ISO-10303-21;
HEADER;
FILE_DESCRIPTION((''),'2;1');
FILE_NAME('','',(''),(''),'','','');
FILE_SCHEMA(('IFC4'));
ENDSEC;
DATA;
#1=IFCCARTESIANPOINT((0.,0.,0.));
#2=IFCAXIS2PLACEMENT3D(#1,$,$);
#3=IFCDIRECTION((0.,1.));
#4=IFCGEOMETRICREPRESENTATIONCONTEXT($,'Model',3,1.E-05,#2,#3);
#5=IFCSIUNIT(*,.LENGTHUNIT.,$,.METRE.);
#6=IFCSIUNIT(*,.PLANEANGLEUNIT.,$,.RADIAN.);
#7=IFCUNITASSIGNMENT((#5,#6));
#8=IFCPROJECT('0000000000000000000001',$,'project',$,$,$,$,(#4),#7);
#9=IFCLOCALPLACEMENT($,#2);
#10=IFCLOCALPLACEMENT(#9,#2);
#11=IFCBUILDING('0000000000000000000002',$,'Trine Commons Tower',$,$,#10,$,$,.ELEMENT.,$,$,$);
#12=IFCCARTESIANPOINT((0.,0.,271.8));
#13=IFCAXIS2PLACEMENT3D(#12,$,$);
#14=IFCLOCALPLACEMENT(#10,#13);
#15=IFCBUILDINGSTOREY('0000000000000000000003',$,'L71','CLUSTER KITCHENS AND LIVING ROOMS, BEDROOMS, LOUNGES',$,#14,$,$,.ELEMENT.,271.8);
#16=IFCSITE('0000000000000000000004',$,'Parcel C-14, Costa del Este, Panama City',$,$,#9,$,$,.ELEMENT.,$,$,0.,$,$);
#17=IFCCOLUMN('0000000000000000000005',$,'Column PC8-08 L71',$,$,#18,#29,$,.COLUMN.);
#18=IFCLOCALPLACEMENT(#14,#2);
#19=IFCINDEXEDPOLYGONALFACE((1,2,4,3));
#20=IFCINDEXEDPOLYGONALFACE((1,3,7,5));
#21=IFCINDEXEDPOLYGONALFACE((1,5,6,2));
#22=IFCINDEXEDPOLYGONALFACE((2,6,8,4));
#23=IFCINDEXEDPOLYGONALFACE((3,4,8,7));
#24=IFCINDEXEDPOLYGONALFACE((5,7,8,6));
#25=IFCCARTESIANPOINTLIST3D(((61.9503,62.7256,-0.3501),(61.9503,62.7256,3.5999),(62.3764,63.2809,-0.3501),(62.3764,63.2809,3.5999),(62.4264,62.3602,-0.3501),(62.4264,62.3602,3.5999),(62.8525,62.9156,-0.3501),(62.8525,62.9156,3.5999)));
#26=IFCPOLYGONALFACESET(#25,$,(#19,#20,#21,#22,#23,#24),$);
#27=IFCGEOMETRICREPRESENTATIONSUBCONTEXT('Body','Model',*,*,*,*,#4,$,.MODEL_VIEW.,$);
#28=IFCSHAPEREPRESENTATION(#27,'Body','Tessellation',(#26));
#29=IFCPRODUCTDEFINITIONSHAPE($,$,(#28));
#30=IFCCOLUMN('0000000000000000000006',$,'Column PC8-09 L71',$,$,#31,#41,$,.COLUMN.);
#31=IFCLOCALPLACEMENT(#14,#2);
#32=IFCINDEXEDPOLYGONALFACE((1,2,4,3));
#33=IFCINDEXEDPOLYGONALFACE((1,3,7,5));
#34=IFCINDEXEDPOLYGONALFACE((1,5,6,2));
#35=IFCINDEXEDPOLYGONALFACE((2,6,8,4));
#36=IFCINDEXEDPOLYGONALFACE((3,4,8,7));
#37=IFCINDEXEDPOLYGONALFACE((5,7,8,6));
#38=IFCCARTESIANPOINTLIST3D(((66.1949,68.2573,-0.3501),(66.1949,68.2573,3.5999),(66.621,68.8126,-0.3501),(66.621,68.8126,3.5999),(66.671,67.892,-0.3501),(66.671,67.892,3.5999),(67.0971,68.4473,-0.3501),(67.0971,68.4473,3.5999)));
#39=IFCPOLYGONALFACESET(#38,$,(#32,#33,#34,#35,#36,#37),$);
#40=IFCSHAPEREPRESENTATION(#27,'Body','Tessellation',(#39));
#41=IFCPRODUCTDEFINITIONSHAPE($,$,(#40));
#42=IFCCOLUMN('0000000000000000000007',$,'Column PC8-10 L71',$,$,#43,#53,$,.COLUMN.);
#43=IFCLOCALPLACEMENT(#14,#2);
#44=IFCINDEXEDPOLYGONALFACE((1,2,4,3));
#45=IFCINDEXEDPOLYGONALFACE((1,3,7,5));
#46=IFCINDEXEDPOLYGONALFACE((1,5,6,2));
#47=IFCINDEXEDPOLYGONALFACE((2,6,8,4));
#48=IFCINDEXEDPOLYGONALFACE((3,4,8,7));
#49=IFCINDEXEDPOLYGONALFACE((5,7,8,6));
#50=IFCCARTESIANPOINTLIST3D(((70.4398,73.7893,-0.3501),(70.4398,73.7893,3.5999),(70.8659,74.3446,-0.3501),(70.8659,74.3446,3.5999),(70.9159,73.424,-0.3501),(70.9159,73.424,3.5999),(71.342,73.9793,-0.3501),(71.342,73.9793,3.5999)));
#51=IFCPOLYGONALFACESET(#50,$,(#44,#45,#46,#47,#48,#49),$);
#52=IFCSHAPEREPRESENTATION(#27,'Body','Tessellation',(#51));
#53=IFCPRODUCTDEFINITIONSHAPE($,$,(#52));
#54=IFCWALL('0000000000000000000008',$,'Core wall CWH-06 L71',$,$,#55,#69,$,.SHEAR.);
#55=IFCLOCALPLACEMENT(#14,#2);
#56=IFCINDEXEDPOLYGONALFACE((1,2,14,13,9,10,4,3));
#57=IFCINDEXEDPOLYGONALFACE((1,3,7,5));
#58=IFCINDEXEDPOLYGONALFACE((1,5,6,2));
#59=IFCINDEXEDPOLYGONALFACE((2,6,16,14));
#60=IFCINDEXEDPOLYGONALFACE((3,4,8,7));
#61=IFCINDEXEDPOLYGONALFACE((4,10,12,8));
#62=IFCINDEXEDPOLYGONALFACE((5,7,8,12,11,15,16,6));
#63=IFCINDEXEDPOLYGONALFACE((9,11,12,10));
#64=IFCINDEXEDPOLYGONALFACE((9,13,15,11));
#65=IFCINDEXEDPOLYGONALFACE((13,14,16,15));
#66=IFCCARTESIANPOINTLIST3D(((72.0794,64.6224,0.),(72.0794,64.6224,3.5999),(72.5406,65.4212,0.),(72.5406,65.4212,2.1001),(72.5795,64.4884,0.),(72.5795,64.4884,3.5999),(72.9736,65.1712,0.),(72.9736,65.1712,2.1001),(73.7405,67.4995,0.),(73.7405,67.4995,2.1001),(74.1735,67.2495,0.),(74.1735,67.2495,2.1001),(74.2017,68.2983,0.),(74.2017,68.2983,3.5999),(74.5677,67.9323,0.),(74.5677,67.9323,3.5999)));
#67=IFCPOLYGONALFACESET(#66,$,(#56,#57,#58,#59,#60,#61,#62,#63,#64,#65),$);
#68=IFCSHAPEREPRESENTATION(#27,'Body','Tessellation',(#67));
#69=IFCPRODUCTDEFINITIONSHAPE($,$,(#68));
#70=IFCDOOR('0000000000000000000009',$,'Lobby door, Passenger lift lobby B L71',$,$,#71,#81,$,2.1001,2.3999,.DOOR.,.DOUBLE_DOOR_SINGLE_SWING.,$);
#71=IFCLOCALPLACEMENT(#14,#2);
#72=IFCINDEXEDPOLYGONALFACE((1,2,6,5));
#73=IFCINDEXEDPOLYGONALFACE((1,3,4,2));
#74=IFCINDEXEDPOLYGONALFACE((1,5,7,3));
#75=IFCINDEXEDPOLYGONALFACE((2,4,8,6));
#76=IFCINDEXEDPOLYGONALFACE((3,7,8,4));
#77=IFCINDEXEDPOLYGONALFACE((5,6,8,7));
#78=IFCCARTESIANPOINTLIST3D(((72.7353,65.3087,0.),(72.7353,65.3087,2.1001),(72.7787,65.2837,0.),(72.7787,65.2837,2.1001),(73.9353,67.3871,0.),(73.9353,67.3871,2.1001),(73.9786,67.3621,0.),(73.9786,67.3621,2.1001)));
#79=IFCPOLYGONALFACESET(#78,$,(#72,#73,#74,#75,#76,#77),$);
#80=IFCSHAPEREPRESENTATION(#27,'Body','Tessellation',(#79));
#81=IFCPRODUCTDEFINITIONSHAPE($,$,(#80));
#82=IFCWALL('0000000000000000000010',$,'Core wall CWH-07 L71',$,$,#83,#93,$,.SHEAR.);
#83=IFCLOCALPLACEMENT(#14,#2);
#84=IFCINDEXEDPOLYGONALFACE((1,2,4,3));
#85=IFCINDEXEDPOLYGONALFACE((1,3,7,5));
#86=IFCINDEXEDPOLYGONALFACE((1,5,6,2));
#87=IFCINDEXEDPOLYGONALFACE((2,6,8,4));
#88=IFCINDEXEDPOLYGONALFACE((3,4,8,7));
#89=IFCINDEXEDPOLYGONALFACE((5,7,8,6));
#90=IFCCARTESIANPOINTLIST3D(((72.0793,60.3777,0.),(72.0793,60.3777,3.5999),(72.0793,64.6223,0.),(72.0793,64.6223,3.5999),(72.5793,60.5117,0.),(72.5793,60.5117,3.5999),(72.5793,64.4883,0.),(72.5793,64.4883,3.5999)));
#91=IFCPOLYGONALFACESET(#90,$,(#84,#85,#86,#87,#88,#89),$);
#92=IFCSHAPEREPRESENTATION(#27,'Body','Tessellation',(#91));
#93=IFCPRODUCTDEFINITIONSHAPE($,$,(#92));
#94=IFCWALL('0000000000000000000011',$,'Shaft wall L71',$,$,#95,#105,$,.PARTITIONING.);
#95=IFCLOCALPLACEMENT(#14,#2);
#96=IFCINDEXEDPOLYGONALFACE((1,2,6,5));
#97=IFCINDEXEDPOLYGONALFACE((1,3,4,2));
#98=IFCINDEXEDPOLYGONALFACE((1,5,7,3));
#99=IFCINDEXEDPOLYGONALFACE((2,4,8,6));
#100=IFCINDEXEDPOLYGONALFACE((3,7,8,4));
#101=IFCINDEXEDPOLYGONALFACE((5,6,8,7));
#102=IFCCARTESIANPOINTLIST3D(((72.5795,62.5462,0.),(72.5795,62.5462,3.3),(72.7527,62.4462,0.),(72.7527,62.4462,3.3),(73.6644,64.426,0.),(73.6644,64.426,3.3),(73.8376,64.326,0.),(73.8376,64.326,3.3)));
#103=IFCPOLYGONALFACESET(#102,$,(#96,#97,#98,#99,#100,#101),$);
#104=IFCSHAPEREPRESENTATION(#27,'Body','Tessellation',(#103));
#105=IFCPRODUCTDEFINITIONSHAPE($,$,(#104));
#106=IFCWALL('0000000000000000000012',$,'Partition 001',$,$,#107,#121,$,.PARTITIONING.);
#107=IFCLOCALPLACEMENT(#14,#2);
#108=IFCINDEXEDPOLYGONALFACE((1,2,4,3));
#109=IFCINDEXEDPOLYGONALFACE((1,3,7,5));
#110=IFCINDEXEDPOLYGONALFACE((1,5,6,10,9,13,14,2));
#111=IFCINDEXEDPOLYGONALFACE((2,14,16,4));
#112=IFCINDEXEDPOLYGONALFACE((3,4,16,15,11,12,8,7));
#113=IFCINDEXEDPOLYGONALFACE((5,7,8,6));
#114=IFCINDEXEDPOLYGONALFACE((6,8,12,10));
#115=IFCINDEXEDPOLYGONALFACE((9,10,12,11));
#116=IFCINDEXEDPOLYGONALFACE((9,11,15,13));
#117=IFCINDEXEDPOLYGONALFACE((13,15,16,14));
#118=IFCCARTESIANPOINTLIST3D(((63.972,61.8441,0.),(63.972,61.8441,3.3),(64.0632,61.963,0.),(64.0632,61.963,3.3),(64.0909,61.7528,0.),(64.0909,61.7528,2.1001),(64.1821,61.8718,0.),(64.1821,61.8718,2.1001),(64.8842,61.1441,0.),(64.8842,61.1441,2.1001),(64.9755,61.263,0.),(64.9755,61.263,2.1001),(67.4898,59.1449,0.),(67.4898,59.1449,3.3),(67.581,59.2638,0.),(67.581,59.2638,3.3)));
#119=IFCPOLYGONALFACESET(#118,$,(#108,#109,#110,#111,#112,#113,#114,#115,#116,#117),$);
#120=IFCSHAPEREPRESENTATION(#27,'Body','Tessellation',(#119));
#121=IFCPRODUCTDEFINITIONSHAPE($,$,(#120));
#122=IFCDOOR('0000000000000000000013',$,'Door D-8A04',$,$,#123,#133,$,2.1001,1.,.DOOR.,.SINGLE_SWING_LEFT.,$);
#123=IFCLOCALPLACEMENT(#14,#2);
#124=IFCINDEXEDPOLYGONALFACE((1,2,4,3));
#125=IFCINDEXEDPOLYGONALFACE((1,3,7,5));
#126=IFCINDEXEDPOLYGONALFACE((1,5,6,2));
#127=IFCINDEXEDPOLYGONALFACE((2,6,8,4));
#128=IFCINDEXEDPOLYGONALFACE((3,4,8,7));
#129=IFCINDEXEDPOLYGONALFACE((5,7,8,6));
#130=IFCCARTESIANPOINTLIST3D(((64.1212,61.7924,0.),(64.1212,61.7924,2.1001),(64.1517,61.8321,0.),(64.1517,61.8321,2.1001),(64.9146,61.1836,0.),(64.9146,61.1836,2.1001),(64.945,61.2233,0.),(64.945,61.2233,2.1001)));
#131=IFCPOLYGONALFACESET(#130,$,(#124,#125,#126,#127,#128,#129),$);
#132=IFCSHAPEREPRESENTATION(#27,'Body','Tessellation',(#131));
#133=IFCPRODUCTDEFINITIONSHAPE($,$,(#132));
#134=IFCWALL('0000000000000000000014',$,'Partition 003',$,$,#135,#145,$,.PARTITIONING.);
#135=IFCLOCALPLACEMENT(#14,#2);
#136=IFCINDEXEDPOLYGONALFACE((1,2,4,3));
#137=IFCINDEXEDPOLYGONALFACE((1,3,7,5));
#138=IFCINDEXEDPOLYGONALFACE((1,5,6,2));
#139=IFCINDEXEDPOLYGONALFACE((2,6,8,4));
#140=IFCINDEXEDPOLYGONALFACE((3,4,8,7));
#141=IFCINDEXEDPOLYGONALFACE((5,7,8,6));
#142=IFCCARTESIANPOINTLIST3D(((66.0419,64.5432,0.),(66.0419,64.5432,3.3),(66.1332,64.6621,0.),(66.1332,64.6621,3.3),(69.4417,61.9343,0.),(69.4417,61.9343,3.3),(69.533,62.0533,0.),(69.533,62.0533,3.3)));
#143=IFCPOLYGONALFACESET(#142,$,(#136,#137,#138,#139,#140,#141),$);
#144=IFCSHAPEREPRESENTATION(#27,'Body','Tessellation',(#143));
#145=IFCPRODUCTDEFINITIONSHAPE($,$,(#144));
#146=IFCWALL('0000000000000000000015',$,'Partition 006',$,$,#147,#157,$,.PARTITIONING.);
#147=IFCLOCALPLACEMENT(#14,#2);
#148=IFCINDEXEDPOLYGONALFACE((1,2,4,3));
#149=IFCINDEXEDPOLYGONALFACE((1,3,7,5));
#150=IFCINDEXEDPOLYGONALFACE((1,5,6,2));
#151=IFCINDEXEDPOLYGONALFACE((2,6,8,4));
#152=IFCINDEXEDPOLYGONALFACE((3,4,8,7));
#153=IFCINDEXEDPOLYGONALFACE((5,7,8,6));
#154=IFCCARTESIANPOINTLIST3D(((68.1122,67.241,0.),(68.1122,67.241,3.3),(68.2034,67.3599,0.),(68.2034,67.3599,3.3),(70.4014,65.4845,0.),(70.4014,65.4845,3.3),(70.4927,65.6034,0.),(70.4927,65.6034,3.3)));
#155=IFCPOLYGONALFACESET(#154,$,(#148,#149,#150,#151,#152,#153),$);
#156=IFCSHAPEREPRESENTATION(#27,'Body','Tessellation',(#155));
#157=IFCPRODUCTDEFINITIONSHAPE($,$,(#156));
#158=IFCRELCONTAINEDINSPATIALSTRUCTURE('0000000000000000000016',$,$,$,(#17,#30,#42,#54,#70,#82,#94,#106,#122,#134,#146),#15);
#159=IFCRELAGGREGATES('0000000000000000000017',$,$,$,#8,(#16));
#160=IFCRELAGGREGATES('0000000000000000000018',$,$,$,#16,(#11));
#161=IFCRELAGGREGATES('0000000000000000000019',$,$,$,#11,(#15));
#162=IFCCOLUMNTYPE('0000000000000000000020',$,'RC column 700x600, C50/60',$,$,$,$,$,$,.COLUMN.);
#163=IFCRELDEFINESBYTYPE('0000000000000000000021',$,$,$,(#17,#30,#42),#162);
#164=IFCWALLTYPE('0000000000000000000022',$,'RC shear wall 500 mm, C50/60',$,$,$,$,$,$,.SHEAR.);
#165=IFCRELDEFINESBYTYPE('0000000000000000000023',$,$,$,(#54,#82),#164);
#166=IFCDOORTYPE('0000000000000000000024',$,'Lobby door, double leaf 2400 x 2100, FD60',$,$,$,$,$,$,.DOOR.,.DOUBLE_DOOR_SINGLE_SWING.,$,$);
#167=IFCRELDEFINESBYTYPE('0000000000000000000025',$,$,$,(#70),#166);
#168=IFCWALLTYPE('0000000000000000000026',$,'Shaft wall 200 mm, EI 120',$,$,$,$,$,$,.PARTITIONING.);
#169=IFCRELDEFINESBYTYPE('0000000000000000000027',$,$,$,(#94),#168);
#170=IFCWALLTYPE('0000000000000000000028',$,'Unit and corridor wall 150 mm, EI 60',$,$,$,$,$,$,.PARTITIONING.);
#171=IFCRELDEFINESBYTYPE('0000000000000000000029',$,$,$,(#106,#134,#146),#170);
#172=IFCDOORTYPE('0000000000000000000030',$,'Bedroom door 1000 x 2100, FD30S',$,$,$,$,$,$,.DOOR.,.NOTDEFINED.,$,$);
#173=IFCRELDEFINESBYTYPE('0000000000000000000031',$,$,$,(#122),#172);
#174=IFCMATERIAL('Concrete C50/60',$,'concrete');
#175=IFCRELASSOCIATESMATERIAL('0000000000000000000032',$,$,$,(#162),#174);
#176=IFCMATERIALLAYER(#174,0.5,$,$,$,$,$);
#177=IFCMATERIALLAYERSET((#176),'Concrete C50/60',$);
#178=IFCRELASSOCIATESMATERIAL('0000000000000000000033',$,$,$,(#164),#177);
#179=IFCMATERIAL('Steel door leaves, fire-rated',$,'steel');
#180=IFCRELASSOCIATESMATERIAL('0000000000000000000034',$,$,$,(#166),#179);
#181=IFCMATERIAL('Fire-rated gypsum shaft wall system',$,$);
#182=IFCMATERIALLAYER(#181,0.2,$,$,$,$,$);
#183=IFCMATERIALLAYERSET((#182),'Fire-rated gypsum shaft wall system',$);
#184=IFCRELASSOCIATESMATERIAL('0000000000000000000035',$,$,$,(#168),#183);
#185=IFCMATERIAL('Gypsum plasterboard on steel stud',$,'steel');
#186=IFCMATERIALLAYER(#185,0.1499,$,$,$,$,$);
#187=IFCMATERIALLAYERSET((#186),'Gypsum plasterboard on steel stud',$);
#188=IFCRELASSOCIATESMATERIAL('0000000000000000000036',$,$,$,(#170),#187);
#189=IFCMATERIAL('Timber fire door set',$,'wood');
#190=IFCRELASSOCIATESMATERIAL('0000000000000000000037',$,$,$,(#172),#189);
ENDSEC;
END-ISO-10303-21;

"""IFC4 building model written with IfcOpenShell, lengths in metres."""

from ifc_helpers import new_model, si_unit, direction, frame, frame_2d, origin, origin_2d, place, context, subcontext, project, spatial, polyline, rectangle, outline, extrude, material, layer, layer_set, material_profile, profile_set, type_object, element, fill, save


model = new_model("IFC4")

# Units and contexts
model_context = context("Model", 3, precision=1e-05, world=origin(), true_north=direction((0.0, 1.0)))
body_context = subcontext(model_context, "Body", "Model", "MODEL_VIEW")
ifc_project = project(units=[si_unit("LENGTHUNIT", "METRE"), si_unit("PLANEANGLEUNIT", "RADIAN")], contexts=[model_context])

# Site, building, storey
site_placement = place(None, origin())
site = spatial("IfcSite", under=ifc_project, at=site_placement, Name="Parcel C-14, Costa del Este, Panama City", CompositionType="ELEMENT", RefElevation=0.0)
building_placement = place(site_placement, origin())
building = spatial("IfcBuilding", under=site, at=building_placement, Name="Trine Commons Tower", CompositionType="ELEMENT")
storey_placement = place(building_placement, frame((0.0, 0.0, 271.8)))
storey = spatial("IfcBuildingStorey", under=building, at=storey_placement, Name="L71", Description="CLUSTER KITCHENS AND LIVING ROOMS, BEDROOMS, LOUNGES", CompositionType="ELEMENT", Elevation=271.8)

# Columns
ifc_material_1 = material(Name="Concrete C50/60", Category="concrete")
ifc_material_profile = material_profile(ifc_material_1, rectangle(XDim=0.7, YDim=0.6001, at=origin_2d()), Name="RC 700x600")
ifc_profile_set = profile_set([ifc_material_profile], Name="Concrete C50/60")
column_type = type_object("IfcColumnType", Name="RC column 700x600, C50/60", PredefinedType="COLUMN", material=ifc_profile_set)
for number, where, z_axis, x_axis, name in (
    (1, (62.4014, 62.8206, -0.3501), (0.0, 0.0, 1.0), (0.608761, 0.793353, 0.0), "Column PC8-08 L71"),
    (2, (66.646, 68.3523, -0.3501), (0.0, 0.0, 1.0), (0.608761, 0.793353, 0.0), "Column PC8-09 L71"),
    (3, (70.8909, 73.8843, -0.3501), (0.0, 0.0, 1.0), (0.608761, 0.793353, 0.0), "Column PC8-10 L71"),
):
    element("IfcColumn", number, at=place(storey_placement, frame(where, z_axis=z_axis, x_axis=x_axis)), inside=storey, type_object=column_type, Name=name, PredefinedType="COLUMN", context=body_context, shape_type="SweptSolid", body=[
        extrude(rectangle(XDim=0.7, YDim=0.6001, at=origin_2d()), origin(), (0.0, 0.0, 1.0), 3.95),
    ])

# Wall, opening, door
ifc_layer_1 = layer(ifc_material_1, 0.5)
ifc_layer_set_1 = layer_set([ifc_layer_1], Name="Concrete C50/60")
wall_type_1 = type_object("IfcWallType", Name="RC shear wall 500 mm, C50/60", PredefinedType="SHEAR", material=ifc_layer_set_1)
wall_1_placement = place(storey_placement, frame((74.4182, 68.1733, 0.0), z_axis=(0.0, 0.0, 1.0), x_axis=(-0.499993, -0.866029, 0.0)))
wall_1 = element("IfcWall", 4, at=wall_1_placement, inside=storey, type_object=wall_type_1, Name="Core wall CWH-06 L71", PredefinedType="SHEAR", context=body_context, shape_type="SweptSolid", body=[
    extrude(outline(polyline([(0.0, -0.25), (4.2446, -0.25), (4.1106, 0.25), (0.134, 0.25), (0.0, -0.25)])), origin(), (0.0, 0.0, 1.0), 3.5999),
])
opening_1_placement = place(wall_1_placement, frame((0.9224, 0.0, 0.0)))
opening_1 = element("IfcOpeningElement", 5, at=opening_1_placement, cuts=wall_1, PredefinedType="OPENING", context=body_context, shape_type="SweptSolid", body=[
    extrude(rectangle(XDim=2.3999, YDim=2.1001, at=frame_2d((1.2, 1.05))), frame((0.0, 0.26, 0.0), z_axis=(0.0, -1.0, 0.0), x_axis=(1.0, 0.0, 0.0)), (0.0, 0.0, 1.0), 0.52),
])
ifc_material_2 = material(Name="Steel door leaves, fire-rated", Category="steel")
door_type_1 = type_object("IfcDoorType", Name="Lobby door, double leaf 2400 x 2100, FD60", OperationType="DOUBLE_DOOR_SINGLE_SWING", PredefinedType="DOOR", material=ifc_material_2)
door_1_placement = place(opening_1_placement, origin())
door_1 = element("IfcDoor", 6, at=door_1_placement, inside=storey, type_object=door_type_1, Name="Lobby door, Passenger lift lobby B L71", OperationType="DOUBLE_DOOR_SINGLE_SWING", OverallHeight=2.1001, OverallWidth=2.3999, PredefinedType="DOOR", context=body_context, shape_type="SweptSolid", body=[
    extrude(rectangle(XDim=2.3999, YDim=2.1001, at=frame_2d((1.2, 1.05))), frame((0.0, 0.0249, 0.0), z_axis=(0.0, -1.0, 0.0), x_axis=(1.0, 0.0, 0.0)), (0.0, 0.0, 1.0), 0.05),
])
fill(opening_1, door_1)

# Walls
wall_2_placement = place(storey_placement, frame((72.3293, 64.6223, 0.0), z_axis=(0.0, 0.0, 1.0), x_axis=(0.0, -1.0, 0.0)))
element("IfcWall", 7, at=wall_2_placement, inside=storey, type_object=wall_type_1, Name="Core wall CWH-07 L71", PredefinedType="SHEAR", context=body_context, shape_type="SweptSolid", body=[
    extrude(outline(polyline([(0.0, -0.25), (4.2446, -0.25), (4.1106, 0.25), (0.134, 0.25), (0.0, -0.25)])), origin(), (0.0, 0.0, 1.0), 3.5999),
])
ifc_material_3 = material(Name="Fire-rated gypsum shaft wall system")
ifc_layer_2 = layer(ifc_material_3, 0.2)
ifc_layer_set_2 = layer_set([ifc_layer_2], Name="Fire-rated gypsum shaft wall system")
wall_type_2 = type_object("IfcWallType", Name="Shaft wall 200 mm, EI 120", PredefinedType="PARTITIONING", material=ifc_layer_set_2)
wall_3_placement = place(storey_placement, frame((73.751, 64.376, 0.0), z_axis=(0.0, 0.0, 1.0), x_axis=(-0.499865, -0.866103, 0.0)))
element("IfcWall", 8, at=wall_3_placement, inside=storey, type_object=wall_type_2, Name="Shaft wall L71", PredefinedType="PARTITIONING", context=body_context, shape_type="SweptSolid", body=[
    extrude(rectangle(XDim=2.1704, YDim=0.2, at=frame_2d((1.0852, 0.0))), origin(), (0.0, 0.0, 1.0), 3.3),
])

# Wall, opening, door
ifc_material_4 = material(Name="Gypsum plasterboard on steel stud", Category="steel")
ifc_layer_3 = layer(ifc_material_4, 0.1499)
ifc_layer_set_3 = layer_set([ifc_layer_3], Name="Gypsum plasterboard on steel stud")
wall_type_3 = type_object("IfcWallType", Name="Unit and corridor wall 150 mm, EI 60", PredefinedType="PARTITIONING", material=ifc_layer_set_3)
wall_4_placement = place(storey_placement, frame((64.0176, 61.9036, 0.0), z_axis=(0.0, 0.0, 1.0), x_axis=(0.793364, -0.608747, 0.0)))
wall_4 = element("IfcWall", 9, at=wall_4_placement, inside=storey, type_object=wall_type_3, Name="Partition 001", PredefinedType="PARTITIONING", context=body_context, shape_type="SweptSolid", body=[
    extrude(rectangle(XDim=4.4341, YDim=0.1499, at=frame_2d((2.217, 0.0))), origin(), (0.0, 0.0, 1.0), 3.3),
])
opening_2_placement = place(wall_4_placement, frame((0.1499, 0.0, 0.0)))
opening_2 = element("IfcOpeningElement", 10, at=opening_2_placement, cuts=wall_4, PredefinedType="OPENING", context=body_context, shape_type="SweptSolid", body=[
    extrude(rectangle(XDim=1.0, YDim=2.1001, at=frame_2d((0.5, 1.05))), frame((0.0, 0.085, 0.0), z_axis=(0.0, -1.0, 0.0), x_axis=(1.0, 0.0, 0.0)), (0.0, 0.0, 1.0), 0.1699),
])
ifc_material_5 = material(Name="Timber fire door set", Category="wood")
door_type_2 = type_object("IfcDoorType", Name="Bedroom door 1000 x 2100, FD30S", OperationType="NOTDEFINED", PredefinedType="DOOR", material=ifc_material_5)
door_2_placement = place(opening_2_placement, origin())
door_2 = element("IfcDoor", 11, at=door_2_placement, inside=storey, type_object=door_type_2, Name="Door D-8A04", OperationType="SINGLE_SWING_LEFT", OverallHeight=2.1001, OverallWidth=1.0, PredefinedType="DOOR", context=body_context, shape_type="SweptSolid", body=[
    extrude(rectangle(XDim=1.0, YDim=2.1001, at=frame_2d((0.5, 1.05))), frame((0.0, 0.0249, 0.0), z_axis=(0.0, -1.0, 0.0), x_axis=(1.0, 0.0, 0.0)), (0.0, 0.0, 1.0), 0.05),
])
fill(opening_2, door_2)

# Walls
wall_5_placement = place(storey_placement, frame((66.0876, 64.6025, 0.0), z_axis=(0.0, 0.0, 1.0), x_axis=(0.793348, -0.608769, 0.0)))
element("IfcWall", 12, at=wall_5_placement, inside=storey, type_object=wall_type_3, Name="Partition 003", PredefinedType="PARTITIONING", context=body_context, shape_type="SweptSolid", body=[
    extrude(rectangle(XDim=4.2854, YDim=0.1499, at=frame_2d((2.1426, 0.0))), origin(), (0.0, 0.0, 1.0), 3.3),
])
wall_6_placement = place(storey_placement, frame((68.1577, 67.3005, 0.0), z_axis=(0.0, 0.0, 1.0), x_axis=(0.793363, -0.608749, 0.0)))
element("IfcWall", 13, at=wall_6_placement, inside=storey, type_object=wall_type_3, Name="Partition 006", PredefinedType="PARTITIONING", context=body_context, shape_type="SweptSolid", body=[
    extrude(rectangle(XDim=2.8855, YDim=0.1499, at=frame_2d((1.4429, 0.0))), origin(), (0.0, 0.0, 1.0), 3.3),
])

save(model, "model.ifc")
